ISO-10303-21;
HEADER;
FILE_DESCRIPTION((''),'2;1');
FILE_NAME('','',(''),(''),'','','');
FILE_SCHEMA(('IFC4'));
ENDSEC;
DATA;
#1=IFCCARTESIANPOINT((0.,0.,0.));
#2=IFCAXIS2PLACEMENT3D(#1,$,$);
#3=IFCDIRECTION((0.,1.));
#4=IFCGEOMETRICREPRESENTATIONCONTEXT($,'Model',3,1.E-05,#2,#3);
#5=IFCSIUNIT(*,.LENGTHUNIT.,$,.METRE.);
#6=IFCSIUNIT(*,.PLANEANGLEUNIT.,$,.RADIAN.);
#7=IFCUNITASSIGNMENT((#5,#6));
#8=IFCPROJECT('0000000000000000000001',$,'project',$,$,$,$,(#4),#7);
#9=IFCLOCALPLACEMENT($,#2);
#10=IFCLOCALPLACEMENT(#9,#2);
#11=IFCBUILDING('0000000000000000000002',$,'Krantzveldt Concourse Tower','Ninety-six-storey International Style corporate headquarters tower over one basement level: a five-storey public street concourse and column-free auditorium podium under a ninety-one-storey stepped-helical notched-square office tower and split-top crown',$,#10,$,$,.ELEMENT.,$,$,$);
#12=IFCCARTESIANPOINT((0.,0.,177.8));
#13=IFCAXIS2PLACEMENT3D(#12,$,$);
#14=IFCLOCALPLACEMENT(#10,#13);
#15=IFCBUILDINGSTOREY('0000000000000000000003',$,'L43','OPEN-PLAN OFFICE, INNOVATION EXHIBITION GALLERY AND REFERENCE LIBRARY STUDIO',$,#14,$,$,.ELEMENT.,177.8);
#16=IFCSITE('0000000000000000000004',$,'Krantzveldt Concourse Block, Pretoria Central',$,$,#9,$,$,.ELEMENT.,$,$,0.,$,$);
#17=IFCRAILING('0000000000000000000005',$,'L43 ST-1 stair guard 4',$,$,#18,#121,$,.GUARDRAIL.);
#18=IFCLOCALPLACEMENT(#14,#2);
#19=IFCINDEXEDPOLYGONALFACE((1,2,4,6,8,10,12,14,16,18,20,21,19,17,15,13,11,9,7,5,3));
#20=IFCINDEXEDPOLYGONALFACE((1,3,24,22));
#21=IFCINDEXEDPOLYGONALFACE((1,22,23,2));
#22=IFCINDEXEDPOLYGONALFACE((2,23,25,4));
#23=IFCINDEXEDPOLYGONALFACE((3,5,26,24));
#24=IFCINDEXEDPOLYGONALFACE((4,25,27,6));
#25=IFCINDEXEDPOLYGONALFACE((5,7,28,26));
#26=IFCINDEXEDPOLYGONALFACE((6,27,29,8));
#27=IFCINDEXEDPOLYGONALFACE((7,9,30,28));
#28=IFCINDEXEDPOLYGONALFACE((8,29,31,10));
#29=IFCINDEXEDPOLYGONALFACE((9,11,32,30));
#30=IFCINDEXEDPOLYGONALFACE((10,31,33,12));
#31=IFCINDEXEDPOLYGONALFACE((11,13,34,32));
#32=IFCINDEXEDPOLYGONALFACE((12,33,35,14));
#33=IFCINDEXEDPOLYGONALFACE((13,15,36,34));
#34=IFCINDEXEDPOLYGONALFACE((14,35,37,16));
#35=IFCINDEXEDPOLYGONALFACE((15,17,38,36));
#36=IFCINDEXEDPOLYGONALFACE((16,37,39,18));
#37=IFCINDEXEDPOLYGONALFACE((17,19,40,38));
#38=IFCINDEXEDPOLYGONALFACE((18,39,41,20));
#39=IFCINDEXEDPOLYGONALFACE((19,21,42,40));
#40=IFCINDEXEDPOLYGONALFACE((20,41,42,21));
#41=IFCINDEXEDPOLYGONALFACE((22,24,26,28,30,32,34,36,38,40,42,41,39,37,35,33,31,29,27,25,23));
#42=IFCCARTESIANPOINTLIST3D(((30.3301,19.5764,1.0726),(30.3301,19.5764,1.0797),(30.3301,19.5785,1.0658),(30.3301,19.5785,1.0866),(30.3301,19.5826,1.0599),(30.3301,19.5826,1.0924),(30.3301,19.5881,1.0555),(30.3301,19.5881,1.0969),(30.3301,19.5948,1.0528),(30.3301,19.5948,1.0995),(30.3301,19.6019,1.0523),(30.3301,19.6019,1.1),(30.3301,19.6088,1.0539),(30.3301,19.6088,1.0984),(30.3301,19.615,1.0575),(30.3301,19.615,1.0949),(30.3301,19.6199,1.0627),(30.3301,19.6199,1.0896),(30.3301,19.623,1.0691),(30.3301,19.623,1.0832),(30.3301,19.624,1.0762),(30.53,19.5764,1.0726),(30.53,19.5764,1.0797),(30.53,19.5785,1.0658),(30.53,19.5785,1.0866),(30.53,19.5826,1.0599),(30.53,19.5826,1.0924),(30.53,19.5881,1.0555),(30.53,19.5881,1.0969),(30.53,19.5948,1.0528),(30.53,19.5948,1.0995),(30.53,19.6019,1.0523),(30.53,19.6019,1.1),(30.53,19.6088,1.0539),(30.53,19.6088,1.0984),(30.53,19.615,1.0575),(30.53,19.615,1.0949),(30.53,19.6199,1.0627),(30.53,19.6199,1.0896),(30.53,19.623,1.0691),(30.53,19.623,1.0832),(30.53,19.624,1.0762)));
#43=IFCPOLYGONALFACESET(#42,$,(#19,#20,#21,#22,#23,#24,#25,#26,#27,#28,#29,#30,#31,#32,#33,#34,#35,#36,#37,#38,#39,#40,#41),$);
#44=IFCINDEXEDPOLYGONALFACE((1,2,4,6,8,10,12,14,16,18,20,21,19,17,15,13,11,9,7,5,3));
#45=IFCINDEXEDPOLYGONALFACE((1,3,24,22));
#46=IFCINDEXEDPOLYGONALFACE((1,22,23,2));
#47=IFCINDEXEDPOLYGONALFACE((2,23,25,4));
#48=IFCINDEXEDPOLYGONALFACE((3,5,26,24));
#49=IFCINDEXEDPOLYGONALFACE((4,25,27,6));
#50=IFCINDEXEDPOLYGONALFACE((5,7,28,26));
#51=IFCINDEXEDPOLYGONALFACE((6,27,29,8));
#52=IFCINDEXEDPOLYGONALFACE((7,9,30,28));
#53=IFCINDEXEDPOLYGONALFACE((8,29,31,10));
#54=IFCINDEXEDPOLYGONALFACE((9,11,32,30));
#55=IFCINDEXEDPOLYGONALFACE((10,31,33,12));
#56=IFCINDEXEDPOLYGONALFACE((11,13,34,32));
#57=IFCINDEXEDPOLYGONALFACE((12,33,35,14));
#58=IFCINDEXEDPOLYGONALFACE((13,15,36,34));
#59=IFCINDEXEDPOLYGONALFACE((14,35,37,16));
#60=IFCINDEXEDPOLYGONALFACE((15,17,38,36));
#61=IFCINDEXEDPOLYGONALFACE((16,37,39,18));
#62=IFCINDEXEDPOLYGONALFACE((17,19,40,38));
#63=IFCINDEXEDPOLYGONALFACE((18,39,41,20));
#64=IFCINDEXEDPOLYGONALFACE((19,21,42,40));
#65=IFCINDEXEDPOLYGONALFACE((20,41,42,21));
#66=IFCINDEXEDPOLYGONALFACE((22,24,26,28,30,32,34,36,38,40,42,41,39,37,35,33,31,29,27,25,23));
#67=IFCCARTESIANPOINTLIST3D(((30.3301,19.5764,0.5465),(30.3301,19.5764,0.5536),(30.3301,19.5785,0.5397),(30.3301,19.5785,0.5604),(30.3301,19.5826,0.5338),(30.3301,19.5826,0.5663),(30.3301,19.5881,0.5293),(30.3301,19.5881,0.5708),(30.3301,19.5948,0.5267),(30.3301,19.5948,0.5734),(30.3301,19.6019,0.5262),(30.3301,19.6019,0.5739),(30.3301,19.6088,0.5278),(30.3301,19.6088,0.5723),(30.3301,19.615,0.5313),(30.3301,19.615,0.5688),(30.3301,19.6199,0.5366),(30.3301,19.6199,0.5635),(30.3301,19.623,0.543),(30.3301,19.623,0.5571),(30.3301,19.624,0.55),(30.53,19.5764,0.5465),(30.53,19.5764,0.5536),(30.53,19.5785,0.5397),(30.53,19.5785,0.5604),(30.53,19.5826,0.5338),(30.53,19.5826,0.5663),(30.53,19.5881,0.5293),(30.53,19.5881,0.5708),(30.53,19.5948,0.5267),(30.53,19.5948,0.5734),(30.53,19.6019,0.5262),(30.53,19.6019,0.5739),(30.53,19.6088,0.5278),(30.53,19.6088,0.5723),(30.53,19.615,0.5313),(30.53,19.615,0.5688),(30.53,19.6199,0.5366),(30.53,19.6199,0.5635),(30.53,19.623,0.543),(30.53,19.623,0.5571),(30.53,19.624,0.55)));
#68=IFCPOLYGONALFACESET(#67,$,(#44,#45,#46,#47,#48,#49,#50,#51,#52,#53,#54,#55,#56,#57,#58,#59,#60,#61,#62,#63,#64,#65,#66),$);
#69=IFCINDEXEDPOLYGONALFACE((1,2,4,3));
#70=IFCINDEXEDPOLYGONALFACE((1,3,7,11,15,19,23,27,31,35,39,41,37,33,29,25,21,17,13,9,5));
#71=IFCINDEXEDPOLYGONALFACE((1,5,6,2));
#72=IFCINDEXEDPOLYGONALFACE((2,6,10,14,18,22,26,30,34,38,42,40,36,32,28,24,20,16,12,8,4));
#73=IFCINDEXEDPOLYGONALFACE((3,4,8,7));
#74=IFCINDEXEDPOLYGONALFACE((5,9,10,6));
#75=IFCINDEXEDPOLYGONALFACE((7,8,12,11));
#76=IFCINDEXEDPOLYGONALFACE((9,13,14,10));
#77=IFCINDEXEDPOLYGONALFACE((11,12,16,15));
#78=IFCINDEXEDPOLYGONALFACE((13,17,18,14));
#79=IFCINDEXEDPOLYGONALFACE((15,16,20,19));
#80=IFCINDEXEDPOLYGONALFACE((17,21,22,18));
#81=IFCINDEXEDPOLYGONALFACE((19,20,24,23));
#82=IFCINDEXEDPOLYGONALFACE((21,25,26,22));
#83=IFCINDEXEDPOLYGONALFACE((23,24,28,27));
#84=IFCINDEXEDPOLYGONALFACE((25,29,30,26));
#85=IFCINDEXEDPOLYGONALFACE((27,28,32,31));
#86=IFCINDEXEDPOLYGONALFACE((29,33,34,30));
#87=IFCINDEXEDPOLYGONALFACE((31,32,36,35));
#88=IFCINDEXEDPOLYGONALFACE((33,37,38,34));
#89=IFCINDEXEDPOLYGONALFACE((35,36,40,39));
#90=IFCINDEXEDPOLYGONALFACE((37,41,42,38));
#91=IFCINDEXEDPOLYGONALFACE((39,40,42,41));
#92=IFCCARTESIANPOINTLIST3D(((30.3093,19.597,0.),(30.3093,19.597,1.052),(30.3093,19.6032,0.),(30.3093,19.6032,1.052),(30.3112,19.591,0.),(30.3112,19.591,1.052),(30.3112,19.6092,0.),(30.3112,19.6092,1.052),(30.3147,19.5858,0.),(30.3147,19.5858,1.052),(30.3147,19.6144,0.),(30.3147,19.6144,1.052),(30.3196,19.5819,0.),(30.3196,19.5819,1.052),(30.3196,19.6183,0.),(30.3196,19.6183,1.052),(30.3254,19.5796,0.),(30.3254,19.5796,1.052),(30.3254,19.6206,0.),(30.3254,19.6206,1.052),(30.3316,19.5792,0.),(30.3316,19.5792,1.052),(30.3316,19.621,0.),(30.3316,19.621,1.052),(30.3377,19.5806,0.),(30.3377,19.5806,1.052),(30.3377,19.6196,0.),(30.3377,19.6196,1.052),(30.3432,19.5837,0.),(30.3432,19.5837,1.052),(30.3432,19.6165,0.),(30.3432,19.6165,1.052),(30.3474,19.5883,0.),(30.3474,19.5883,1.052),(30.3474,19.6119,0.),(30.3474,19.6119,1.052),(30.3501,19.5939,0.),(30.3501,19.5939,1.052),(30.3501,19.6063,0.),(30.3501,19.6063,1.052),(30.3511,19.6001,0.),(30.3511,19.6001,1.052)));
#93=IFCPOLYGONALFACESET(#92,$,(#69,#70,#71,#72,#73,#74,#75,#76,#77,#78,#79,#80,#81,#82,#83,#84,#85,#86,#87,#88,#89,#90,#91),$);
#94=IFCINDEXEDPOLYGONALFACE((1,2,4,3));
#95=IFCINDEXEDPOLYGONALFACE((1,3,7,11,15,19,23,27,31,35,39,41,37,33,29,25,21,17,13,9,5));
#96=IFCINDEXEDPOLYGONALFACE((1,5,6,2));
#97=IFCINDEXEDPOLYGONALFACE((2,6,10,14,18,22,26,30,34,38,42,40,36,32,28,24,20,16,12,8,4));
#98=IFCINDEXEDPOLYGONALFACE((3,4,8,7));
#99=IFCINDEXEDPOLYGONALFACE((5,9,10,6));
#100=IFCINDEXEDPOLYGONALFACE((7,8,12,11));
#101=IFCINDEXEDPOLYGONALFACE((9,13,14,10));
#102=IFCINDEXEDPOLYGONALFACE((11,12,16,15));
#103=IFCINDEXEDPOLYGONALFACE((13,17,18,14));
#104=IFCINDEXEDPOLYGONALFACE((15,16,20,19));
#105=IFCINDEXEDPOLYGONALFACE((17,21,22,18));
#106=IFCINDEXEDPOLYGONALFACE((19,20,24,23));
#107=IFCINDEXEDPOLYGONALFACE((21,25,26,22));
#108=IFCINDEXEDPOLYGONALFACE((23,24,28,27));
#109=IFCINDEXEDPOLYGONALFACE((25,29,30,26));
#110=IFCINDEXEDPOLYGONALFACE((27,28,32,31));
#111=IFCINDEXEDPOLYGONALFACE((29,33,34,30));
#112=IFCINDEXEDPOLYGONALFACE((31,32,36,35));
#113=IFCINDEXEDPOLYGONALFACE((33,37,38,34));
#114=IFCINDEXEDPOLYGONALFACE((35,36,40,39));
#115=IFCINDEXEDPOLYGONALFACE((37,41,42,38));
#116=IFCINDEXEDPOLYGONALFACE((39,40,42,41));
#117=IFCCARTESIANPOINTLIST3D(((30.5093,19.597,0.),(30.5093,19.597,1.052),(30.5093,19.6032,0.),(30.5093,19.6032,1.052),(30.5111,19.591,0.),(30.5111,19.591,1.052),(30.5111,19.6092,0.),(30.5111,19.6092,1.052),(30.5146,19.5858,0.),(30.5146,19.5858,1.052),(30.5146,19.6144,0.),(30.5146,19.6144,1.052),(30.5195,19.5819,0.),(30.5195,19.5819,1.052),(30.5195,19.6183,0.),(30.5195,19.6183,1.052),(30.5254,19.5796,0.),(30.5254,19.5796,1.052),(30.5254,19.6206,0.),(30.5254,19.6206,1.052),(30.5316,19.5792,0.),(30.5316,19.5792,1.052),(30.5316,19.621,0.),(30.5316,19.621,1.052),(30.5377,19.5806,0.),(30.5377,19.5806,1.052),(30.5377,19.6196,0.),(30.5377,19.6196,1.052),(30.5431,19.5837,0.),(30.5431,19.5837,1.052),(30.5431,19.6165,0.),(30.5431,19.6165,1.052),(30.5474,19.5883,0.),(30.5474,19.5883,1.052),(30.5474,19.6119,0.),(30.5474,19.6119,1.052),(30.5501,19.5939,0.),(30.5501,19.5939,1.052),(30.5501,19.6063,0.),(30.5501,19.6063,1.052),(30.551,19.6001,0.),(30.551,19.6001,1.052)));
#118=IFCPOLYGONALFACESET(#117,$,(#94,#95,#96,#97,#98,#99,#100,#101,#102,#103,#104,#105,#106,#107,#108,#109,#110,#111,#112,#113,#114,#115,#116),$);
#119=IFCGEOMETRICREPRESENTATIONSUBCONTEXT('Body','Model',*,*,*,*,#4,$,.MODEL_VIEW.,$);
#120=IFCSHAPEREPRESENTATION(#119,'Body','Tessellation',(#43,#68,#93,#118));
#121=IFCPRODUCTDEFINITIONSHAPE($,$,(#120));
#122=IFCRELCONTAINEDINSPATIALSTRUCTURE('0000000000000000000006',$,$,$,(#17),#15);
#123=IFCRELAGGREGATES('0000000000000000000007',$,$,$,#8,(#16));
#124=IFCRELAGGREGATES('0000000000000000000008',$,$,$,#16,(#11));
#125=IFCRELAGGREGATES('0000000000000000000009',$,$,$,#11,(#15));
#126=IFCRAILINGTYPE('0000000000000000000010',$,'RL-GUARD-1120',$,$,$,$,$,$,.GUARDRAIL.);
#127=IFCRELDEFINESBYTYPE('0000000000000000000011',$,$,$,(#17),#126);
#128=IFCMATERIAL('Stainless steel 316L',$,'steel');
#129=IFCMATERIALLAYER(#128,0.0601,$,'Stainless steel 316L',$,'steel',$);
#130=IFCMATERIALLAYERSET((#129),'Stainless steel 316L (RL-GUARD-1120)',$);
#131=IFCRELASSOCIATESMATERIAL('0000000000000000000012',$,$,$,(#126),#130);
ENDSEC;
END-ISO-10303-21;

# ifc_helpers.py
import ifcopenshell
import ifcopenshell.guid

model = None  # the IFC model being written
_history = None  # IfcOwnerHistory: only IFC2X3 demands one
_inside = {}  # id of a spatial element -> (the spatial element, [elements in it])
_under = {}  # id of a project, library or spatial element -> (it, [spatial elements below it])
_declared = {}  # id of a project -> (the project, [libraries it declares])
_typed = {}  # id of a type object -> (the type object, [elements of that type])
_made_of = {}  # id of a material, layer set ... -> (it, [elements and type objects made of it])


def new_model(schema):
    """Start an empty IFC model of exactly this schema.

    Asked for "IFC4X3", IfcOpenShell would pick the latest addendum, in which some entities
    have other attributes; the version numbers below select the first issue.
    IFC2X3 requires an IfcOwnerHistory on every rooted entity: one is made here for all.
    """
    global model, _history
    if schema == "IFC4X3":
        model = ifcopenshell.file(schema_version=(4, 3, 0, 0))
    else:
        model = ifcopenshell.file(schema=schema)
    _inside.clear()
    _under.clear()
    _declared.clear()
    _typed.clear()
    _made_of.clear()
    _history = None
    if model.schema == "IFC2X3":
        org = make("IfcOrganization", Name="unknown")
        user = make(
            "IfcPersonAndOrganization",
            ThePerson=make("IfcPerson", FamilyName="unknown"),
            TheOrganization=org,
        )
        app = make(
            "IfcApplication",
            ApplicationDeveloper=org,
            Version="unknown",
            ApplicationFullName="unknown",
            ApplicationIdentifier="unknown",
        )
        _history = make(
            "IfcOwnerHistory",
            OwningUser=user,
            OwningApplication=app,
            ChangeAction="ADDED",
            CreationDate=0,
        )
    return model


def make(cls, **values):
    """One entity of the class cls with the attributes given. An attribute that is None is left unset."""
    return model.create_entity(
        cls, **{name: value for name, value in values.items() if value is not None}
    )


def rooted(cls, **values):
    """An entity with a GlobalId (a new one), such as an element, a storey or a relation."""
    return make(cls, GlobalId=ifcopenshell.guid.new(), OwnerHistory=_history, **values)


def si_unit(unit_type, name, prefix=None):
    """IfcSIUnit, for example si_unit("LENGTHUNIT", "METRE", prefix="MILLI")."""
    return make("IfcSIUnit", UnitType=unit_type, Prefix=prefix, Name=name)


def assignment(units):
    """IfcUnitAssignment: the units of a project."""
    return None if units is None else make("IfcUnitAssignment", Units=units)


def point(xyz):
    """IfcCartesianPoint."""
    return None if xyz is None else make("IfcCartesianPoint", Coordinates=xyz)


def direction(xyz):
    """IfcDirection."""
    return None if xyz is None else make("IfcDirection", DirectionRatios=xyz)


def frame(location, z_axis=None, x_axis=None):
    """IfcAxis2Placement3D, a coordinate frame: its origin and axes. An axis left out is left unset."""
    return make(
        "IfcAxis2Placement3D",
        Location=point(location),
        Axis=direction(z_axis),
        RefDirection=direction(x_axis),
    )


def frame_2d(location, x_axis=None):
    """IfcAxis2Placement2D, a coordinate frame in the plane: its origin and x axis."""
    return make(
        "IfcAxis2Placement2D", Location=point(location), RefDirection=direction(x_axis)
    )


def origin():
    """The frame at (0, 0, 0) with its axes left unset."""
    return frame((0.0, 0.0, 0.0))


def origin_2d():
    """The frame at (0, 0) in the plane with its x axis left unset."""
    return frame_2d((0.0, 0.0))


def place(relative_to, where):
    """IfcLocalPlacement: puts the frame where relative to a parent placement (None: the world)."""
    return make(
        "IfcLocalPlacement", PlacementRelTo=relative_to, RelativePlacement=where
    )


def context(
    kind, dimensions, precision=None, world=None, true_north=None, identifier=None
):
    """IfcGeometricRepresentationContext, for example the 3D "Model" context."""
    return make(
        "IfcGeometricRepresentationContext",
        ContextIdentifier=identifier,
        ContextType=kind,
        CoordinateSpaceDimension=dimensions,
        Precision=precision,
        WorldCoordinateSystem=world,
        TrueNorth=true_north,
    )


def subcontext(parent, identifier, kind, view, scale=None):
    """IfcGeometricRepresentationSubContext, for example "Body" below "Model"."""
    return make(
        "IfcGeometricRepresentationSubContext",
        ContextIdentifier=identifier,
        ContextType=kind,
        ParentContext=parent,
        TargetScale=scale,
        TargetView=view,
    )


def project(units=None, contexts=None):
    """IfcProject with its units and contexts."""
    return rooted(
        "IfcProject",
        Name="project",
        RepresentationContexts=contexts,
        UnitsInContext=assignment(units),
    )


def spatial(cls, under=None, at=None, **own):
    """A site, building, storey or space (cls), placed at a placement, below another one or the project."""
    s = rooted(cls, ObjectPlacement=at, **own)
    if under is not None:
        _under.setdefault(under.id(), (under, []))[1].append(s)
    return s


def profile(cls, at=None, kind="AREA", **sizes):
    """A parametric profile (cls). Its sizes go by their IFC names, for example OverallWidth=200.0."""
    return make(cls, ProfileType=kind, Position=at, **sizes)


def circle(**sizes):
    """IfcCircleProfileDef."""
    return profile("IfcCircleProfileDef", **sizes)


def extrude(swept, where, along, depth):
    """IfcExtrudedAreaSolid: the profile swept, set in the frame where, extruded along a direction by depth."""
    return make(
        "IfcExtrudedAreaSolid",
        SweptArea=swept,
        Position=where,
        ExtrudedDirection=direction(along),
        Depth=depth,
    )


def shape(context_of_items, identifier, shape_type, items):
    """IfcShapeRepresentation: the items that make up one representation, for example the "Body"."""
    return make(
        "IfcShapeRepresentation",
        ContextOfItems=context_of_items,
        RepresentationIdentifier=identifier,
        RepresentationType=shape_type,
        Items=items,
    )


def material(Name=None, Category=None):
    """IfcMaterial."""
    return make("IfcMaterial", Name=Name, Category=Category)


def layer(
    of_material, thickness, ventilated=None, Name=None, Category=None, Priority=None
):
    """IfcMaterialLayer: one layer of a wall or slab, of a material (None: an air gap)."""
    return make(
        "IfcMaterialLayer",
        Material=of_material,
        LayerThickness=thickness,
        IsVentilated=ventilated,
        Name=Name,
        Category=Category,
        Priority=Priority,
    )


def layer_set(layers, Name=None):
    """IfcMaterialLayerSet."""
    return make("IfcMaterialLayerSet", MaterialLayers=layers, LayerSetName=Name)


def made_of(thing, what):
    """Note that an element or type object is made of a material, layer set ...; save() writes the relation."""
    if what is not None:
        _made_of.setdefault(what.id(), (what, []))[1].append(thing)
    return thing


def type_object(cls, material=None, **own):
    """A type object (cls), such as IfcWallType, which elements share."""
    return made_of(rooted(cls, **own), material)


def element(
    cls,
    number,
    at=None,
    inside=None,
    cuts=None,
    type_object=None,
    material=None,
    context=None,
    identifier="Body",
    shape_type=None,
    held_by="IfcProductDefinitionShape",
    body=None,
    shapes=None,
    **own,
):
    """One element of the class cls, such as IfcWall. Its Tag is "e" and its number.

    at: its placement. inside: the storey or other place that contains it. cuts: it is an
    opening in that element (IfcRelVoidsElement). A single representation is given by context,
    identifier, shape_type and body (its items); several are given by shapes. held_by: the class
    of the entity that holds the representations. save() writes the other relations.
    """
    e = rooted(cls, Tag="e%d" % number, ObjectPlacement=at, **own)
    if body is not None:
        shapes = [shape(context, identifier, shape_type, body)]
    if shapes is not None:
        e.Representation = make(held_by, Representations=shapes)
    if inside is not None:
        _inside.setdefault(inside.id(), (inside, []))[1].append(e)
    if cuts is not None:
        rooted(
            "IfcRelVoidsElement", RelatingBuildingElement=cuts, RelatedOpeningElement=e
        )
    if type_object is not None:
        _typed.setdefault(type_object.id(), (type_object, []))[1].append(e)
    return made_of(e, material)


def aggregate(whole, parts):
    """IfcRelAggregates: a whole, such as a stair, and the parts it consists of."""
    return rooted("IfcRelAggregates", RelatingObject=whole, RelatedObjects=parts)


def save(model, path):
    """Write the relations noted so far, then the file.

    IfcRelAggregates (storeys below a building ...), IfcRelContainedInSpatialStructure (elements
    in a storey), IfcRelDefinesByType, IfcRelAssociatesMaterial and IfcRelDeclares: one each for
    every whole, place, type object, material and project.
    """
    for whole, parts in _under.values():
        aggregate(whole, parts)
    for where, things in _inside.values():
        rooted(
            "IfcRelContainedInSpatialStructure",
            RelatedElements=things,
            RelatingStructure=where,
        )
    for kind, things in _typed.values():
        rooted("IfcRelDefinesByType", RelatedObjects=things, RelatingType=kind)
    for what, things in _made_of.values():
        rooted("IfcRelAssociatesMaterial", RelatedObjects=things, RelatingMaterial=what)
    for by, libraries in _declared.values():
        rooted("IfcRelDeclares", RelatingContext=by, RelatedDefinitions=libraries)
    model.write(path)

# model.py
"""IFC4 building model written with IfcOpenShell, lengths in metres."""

from ifc_helpers import new_model, si_unit, direction, frame, origin, origin_2d, place, context, subcontext, project, spatial, circle, extrude, material, layer, layer_set, type_object, element, save


model = new_model("IFC4")

# Units and contexts
model_context = context("Model", 3, precision=1e-05, world=origin(), true_north=direction((0.0, 1.0)))
body_context = subcontext(model_context, "Body", "Model", "MODEL_VIEW")
ifc_project = project(units=[si_unit("LENGTHUNIT", "METRE"), si_unit("PLANEANGLEUNIT", "RADIAN")], contexts=[model_context])

# Site, building, storey
site_placement = place(None, origin())
site = spatial("IfcSite", under=ifc_project, at=site_placement, Name="Krantzveldt Concourse Block, Pretoria Central", CompositionType="ELEMENT", RefElevation=0.0)
building_placement = place(site_placement, origin())
building = spatial("IfcBuilding", under=site, at=building_placement, Name="Krantzveldt Concourse Tower", Description="Ninety-six-storey International Style corporate headquarters tower over one basement level: a five-storey public street concourse and column-free auditorium podium under a ninety-one-storey stepped-helical notched-square office tower and split-top crown", CompositionType="ELEMENT")
storey_placement = place(building_placement, frame((0.0, 0.0, 177.8)))
storey = spatial("IfcBuildingStorey", under=building, at=storey_placement, Name="L43", Description="OPEN-PLAN OFFICE, INNOVATION EXHIBITION GALLERY AND REFERENCE LIBRARY STUDIO", CompositionType="ELEMENT", Elevation=177.8)

# Shared definitions
ifc_material_1 = material(Name="Stainless steel 316L", Category="steel")

# Railing
ifc_layer_1 = layer(ifc_material_1, 0.0601, Name="Stainless steel 316L", Category="steel")
ifc_layer_set_1 = layer_set([ifc_layer_1], Name="Stainless steel 316L (RL-GUARD-1120)")
railing_type_1 = type_object("IfcRailingType", Name="RL-GUARD-1120", PredefinedType="GUARDRAIL", material=ifc_layer_set_1)
railing_1_placement = place(storey_placement, frame((30.3301, 19.6001, 0.0)))
element("IfcRailing", 1, at=railing_1_placement, inside=storey, type_object=railing_type_1, Name="L43 ST-1 stair guard 4", PredefinedType="GUARDRAIL", context=body_context, shape_type="SweptSolid", body=[
    extrude(circle(Radius=0.0239, at=origin_2d()), frame((0.0, 0.0, 1.0762), z_axis=(1.0, 0.0, 0.0), x_axis=(0.0, 1.0, 0.0)), (0.0, 0.0, 1.0), 0.2),
    extrude(circle(Radius=0.0239, at=origin_2d()), frame((0.0, 0.0, 0.55), z_axis=(1.0, 0.0, 0.0), x_axis=(0.0, 1.0, 0.0)), (0.0, 0.0, 1.0), 0.2),
    extrude(circle(Radius=0.021, at=origin_2d()), origin(), (0.0, 0.0, 1.0), 1.052),
    extrude(circle(Radius=0.021, at=origin_2d()), frame((0.2, 0.0, 0.0)), (0.0, 0.0, 1.0), 1.052),
])

save(model, "model.ifc")
